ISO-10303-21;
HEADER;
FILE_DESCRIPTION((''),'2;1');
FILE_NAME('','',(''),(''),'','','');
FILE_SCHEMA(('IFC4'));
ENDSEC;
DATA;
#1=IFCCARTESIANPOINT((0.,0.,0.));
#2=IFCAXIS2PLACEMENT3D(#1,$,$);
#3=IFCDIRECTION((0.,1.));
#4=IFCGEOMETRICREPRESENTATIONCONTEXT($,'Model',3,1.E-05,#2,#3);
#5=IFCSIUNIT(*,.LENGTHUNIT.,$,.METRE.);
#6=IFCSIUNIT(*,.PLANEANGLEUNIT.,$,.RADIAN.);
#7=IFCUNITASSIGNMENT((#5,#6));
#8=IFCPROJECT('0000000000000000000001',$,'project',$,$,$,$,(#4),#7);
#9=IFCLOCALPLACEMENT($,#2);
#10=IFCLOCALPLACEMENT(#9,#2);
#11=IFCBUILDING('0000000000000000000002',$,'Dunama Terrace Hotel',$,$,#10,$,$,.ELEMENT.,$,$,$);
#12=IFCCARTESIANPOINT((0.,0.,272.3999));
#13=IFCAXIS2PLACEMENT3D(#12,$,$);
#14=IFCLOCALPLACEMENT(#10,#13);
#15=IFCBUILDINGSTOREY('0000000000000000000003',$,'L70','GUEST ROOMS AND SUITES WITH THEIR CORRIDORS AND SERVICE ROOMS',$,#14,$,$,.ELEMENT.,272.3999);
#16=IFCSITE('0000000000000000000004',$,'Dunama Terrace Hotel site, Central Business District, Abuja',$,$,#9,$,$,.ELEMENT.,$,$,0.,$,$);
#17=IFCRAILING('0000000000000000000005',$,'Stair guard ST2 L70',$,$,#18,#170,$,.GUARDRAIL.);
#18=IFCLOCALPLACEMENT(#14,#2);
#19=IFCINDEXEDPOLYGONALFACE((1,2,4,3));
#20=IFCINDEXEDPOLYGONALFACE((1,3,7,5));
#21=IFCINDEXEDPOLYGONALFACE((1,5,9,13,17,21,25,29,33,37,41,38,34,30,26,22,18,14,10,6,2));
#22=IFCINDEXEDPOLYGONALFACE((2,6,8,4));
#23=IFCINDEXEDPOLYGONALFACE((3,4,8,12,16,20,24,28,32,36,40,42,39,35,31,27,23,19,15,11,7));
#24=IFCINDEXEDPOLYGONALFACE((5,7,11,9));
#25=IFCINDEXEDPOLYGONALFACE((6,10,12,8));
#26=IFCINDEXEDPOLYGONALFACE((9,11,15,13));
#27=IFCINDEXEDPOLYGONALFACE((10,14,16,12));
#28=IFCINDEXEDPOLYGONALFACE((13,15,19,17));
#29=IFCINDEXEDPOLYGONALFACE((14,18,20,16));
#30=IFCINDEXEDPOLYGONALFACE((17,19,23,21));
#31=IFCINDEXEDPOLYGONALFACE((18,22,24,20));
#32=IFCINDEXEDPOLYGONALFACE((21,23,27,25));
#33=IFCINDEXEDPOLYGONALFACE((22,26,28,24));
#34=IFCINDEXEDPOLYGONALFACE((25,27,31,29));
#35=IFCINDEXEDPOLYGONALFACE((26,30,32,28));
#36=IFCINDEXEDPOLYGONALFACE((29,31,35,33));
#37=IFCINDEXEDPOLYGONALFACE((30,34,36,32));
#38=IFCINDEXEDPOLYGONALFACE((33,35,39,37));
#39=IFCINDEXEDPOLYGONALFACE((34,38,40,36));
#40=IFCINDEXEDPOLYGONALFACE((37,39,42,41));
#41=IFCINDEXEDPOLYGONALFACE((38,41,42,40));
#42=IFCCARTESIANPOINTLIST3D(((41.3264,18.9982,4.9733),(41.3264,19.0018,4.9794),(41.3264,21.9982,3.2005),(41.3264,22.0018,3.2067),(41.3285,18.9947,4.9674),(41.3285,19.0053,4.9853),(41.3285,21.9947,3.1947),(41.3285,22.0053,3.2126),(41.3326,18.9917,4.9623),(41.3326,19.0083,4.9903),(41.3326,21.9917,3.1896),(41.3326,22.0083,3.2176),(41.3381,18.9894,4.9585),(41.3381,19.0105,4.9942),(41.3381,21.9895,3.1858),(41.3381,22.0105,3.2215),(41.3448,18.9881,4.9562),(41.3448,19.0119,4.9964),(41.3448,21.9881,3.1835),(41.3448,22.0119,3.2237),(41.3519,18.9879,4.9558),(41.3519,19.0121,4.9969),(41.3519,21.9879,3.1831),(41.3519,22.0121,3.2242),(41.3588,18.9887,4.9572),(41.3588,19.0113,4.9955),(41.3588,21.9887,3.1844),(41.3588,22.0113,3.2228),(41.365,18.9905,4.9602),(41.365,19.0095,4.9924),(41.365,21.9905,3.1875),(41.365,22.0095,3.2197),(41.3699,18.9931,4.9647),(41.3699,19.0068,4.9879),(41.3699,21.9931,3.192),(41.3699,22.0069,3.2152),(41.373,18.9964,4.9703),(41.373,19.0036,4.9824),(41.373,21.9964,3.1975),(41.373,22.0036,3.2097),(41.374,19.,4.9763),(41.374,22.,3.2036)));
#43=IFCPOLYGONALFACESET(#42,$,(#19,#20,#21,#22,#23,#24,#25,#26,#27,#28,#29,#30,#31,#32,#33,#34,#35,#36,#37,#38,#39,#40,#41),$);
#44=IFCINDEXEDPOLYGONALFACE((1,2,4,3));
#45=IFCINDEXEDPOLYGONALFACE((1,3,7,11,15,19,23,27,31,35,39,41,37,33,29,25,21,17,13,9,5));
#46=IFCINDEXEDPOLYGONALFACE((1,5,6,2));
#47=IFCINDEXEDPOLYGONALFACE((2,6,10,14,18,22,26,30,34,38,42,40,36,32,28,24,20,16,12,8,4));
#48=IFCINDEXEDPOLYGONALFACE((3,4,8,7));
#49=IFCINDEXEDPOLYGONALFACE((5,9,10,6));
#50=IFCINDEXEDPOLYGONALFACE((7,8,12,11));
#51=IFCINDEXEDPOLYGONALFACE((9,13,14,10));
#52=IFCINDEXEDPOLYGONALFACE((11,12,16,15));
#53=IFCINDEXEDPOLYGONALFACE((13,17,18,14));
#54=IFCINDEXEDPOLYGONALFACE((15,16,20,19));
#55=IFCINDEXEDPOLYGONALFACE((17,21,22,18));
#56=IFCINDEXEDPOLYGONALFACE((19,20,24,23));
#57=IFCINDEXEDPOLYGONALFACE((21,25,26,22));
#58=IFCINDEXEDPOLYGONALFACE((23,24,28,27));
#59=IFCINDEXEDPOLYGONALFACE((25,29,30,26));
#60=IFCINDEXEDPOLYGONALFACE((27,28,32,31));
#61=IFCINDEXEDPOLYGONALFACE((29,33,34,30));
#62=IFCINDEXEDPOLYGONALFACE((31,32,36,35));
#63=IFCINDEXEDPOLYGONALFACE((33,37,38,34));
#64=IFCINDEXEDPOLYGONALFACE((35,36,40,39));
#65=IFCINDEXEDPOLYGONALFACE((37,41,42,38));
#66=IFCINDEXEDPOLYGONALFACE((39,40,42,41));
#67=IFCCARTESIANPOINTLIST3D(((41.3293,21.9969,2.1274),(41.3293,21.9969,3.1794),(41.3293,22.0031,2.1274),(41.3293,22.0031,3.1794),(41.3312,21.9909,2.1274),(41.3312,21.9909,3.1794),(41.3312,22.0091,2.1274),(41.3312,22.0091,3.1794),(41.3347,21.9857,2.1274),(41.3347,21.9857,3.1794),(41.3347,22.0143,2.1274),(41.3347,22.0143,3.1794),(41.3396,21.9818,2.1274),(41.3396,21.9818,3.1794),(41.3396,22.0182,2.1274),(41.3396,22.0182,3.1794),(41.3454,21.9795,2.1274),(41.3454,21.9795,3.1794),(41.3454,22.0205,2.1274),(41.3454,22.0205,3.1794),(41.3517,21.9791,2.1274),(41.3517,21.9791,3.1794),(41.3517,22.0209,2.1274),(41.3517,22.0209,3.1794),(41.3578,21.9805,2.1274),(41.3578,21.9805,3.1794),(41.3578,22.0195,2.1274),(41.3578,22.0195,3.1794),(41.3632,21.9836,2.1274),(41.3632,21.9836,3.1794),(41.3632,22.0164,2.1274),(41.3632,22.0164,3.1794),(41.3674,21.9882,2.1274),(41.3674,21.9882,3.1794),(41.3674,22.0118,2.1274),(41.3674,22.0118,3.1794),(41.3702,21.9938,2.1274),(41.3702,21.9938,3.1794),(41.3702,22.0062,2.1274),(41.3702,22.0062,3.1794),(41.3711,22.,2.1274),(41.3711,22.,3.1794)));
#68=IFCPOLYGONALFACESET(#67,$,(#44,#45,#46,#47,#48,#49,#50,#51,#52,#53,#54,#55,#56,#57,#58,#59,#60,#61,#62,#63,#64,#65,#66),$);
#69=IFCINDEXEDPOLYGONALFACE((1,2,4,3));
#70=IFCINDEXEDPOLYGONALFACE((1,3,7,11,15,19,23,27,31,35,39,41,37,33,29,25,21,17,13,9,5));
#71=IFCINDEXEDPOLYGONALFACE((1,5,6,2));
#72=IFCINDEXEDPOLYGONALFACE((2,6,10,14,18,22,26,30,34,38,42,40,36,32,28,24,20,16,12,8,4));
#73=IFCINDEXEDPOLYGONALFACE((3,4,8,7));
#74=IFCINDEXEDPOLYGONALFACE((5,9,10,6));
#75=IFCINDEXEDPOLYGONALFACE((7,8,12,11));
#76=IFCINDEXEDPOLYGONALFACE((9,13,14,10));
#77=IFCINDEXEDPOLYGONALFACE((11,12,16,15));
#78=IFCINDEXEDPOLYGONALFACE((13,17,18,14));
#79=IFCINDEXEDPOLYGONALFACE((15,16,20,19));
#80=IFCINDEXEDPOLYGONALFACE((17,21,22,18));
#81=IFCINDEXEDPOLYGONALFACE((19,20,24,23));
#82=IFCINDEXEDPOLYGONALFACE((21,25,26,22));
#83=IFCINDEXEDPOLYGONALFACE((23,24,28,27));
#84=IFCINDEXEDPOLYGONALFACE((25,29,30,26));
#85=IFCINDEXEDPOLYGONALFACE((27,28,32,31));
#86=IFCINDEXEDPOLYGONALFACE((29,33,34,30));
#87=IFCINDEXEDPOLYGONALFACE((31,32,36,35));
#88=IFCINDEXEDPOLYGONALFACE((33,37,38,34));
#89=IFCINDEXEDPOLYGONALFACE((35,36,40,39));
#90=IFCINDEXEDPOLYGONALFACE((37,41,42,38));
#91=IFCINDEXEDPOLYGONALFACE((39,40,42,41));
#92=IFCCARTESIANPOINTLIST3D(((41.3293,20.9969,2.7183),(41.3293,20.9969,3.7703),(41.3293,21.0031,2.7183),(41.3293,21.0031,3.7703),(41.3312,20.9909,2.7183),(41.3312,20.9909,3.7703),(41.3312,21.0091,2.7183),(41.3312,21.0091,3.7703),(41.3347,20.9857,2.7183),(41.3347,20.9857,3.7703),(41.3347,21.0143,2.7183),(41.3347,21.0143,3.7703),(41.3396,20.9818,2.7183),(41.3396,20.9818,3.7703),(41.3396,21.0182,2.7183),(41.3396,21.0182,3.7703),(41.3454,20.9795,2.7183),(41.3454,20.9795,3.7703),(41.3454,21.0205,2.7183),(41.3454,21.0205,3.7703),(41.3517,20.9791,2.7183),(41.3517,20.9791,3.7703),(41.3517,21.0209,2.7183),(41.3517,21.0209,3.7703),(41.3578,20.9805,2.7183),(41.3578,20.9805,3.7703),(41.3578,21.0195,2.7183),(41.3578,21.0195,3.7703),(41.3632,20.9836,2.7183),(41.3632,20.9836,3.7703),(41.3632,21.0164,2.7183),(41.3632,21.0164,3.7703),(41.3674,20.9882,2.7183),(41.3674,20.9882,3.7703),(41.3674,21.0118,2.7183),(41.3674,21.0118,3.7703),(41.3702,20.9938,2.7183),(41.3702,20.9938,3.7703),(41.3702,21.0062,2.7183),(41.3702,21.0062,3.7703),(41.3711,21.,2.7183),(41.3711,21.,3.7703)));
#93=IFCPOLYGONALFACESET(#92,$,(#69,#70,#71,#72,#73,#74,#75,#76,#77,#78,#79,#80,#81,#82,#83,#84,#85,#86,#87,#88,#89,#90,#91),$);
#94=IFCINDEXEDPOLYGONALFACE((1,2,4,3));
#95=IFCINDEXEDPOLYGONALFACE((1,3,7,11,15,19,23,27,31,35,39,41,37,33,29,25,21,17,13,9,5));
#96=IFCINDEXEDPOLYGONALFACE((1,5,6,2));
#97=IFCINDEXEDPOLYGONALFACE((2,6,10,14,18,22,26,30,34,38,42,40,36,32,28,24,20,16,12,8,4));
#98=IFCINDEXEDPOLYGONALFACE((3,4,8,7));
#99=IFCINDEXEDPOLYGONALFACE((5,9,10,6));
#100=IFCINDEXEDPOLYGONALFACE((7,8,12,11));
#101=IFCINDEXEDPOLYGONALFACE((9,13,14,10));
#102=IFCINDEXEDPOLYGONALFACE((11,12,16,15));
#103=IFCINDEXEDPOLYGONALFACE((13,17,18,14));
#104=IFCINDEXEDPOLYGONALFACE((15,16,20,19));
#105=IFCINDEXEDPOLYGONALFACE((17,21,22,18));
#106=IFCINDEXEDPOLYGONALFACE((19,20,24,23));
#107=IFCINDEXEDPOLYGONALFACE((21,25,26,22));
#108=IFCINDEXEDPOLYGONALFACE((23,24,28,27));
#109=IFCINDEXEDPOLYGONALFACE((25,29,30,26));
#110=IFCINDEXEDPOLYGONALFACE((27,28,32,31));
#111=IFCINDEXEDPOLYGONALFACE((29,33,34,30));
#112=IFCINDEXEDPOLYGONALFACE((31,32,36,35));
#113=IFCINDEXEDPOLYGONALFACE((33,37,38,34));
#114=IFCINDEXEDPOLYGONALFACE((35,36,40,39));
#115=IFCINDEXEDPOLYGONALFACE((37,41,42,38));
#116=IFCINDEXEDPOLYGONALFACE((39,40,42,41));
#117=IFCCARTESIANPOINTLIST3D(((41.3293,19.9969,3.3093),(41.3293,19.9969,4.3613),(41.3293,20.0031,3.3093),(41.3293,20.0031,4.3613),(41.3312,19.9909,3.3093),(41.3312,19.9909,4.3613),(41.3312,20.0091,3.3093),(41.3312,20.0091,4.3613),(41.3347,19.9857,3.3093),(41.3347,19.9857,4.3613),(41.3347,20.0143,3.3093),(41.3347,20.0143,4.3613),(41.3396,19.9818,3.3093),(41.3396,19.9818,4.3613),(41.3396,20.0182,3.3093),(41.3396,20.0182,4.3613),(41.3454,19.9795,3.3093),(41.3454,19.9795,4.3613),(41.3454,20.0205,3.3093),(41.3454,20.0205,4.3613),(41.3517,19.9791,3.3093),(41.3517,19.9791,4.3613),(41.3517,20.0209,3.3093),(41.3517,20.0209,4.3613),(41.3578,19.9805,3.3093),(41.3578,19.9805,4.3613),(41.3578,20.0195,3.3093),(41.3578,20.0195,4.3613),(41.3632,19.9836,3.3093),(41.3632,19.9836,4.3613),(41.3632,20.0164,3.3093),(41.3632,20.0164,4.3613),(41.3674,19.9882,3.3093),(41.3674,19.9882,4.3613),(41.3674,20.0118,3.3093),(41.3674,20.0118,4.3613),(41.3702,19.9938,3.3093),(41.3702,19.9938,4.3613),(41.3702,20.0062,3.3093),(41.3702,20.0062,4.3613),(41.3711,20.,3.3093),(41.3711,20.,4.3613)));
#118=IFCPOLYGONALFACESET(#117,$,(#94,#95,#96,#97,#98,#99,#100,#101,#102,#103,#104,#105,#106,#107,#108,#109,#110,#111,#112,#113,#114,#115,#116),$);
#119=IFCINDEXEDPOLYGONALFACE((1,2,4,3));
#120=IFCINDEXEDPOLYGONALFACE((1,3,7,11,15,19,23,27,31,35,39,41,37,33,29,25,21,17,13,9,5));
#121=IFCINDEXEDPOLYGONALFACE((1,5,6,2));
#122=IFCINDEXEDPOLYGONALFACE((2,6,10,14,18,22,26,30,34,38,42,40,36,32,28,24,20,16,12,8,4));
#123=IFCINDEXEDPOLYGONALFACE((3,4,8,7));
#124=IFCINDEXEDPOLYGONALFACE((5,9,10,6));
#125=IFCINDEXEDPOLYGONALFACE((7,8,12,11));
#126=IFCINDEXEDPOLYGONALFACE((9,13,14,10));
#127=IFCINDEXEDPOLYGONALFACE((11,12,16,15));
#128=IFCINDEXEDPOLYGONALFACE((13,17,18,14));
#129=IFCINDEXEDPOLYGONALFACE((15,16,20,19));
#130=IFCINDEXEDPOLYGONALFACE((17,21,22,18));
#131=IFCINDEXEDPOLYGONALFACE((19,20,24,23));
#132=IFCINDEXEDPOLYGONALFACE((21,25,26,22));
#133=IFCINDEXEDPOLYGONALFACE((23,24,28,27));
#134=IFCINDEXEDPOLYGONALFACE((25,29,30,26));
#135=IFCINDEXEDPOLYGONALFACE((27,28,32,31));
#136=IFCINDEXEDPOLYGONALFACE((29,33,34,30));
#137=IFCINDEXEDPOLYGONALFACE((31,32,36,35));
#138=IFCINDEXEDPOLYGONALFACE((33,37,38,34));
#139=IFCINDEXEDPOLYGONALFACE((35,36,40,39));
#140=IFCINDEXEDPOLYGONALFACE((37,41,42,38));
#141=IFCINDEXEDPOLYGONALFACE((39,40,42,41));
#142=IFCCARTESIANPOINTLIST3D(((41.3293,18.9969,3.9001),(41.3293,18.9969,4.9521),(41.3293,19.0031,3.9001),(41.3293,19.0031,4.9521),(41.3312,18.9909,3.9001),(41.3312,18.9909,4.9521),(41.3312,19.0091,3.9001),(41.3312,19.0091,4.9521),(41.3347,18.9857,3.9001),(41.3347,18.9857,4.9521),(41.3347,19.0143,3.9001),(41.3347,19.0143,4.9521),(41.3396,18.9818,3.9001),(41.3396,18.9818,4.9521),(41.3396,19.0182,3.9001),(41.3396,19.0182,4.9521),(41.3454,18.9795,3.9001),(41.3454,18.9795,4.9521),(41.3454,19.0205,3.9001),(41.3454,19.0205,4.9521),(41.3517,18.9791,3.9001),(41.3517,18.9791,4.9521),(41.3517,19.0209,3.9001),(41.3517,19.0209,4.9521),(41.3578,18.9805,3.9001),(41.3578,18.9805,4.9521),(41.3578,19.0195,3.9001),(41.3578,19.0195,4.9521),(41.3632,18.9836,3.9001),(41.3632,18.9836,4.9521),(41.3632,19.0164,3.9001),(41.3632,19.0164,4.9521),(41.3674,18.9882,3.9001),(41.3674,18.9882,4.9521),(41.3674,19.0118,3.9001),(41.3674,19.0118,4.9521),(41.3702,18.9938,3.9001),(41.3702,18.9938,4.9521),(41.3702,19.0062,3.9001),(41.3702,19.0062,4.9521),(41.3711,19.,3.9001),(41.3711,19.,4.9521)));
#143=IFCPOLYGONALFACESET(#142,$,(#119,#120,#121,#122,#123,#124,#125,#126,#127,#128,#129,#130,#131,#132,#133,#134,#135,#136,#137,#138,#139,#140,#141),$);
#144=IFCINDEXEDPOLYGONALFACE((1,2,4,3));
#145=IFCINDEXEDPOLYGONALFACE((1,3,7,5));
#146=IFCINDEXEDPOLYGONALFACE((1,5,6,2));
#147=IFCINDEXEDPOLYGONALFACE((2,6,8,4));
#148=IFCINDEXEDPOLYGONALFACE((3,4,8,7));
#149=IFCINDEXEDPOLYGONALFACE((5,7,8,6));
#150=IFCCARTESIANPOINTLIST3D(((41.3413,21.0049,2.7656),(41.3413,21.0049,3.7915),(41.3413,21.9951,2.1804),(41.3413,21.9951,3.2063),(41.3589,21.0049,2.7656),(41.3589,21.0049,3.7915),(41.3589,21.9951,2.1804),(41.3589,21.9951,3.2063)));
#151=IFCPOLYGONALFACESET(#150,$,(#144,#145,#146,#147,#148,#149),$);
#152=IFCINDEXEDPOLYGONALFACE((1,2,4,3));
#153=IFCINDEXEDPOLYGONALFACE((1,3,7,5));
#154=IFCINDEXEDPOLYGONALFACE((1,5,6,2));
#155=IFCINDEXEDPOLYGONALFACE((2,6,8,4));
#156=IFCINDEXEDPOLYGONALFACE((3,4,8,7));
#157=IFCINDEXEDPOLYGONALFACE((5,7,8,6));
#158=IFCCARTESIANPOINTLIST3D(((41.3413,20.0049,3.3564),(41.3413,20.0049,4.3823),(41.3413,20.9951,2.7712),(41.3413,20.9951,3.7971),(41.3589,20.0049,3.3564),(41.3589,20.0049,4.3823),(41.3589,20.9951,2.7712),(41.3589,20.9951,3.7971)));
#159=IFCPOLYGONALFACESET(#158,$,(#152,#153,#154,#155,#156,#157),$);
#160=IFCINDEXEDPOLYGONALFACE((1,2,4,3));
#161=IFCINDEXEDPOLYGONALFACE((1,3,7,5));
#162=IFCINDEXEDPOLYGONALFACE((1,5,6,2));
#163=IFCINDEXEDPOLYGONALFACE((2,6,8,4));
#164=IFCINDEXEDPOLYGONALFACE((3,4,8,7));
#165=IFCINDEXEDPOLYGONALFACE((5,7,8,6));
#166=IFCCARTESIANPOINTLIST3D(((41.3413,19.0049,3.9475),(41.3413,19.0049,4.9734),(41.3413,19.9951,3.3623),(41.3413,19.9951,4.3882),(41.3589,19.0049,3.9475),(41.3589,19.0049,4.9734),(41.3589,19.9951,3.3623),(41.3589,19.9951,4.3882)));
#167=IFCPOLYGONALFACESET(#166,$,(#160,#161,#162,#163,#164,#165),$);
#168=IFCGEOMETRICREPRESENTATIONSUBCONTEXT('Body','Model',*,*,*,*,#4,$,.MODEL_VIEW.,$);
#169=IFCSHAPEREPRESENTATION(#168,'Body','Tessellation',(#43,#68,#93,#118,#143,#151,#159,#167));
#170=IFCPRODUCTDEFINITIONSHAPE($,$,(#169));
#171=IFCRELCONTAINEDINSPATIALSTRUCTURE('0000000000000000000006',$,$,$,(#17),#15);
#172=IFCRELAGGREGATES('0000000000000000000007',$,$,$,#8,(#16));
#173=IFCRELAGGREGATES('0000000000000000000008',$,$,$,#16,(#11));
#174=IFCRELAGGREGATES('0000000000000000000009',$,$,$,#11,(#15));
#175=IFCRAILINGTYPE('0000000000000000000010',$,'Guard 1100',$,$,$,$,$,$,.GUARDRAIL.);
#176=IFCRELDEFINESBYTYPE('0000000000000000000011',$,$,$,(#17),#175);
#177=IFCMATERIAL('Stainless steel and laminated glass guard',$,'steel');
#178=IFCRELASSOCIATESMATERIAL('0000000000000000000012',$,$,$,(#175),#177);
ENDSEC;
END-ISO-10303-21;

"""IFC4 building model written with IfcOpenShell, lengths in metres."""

from ifc_helpers import new_model, si_unit, direction, frame, origin, origin_2d, place, context, subcontext, project, spatial, polyline, circle, outline, extrude, material, type_object, element, save


model = new_model("IFC4")

# Units and contexts
model_context = context("Model", 3, precision=1e-05, world=origin(), true_north=direction((0.0, 1.0)))
body_context = subcontext(model_context, "Body", "Model", "MODEL_VIEW")
ifc_project = project(units=[si_unit("LENGTHUNIT", "METRE"), si_unit("PLANEANGLEUNIT", "RADIAN")], contexts=[model_context])

# Site, building, storey
site_placement = place(None, origin())
site = spatial("IfcSite", under=ifc_project, at=site_placement, Name="Dunama Terrace Hotel site, Central Business District, Abuja", CompositionType="ELEMENT", RefElevation=0.0)
building_placement = place(site_placement, origin())
building = spatial("IfcBuilding", under=site, at=building_placement, Name="Dunama Terrace Hotel", CompositionType="ELEMENT")
storey_placement = place(building_placement, frame((0.0, 0.0, 272.3999)))
storey = spatial("IfcBuildingStorey", under=building, at=storey_placement, Name="L70", Description="GUEST ROOMS AND SUITES WITH THEIR CORRIDORS AND SERVICE ROOMS", CompositionType="ELEMENT", Elevation=272.3999)

# Railing
ifc_material_1 = material(Name="Stainless steel and laminated glass guard", Category="steel")
railing_type_1 = type_object("IfcRailingType", Name="Guard 1100", PredefinedType="GUARDRAIL", material=ifc_material_1)
railing_1_placement = place(storey_placement, frame((41.3501, 22.0, 2.1274)))
element("IfcRailing", 1, at=railing_1_placement, inside=storey, type_object=railing_type_1, Name="Stair guard ST2 L70", PredefinedType="GUARDRAIL", context=body_context, shape_type="SweptSolid", body=[
    extrude(circle(Radius=0.0239, at=origin_2d()), frame((0.0, 0.0, 1.0762), z_axis=(0.0, -0.860929, 0.508725), x_axis=(1.0, 0.0, 0.0)), (0.0, 0.0, 1.0), 3.4846),
    extrude(circle(Radius=0.021, at=origin_2d()), origin(), (0.0, 0.0, 1.0), 1.052),
    extrude(circle(Radius=0.021, at=origin_2d()), frame((0.0, -1.0, 0.5908)), (0.0, 0.0, 1.0), 1.052),
    extrude(circle(Radius=0.021, at=origin_2d()), frame((0.0, -2.0, 1.1819)), (0.0, 0.0, 1.0), 1.052),
    extrude(circle(Radius=0.021, at=origin_2d()), frame((0.0, -3.0, 1.7727)), (0.0, 0.0, 1.0), 1.052),
    extrude(outline(polyline([(0.0049, 0.053), (0.9951, 0.6382), (0.9951, 1.6641), (0.0049, 1.0789), (0.0049, 0.053)])), frame((0.0088, 0.0, 0.0), z_axis=(-1.0, 0.0, 0.0), x_axis=(0.0, -1.0, 0.0)), (0.0, 0.0, 1.0), 0.0176),
    extrude(outline(polyline([(0.0049, 0.053), (0.9951, 0.6382), (0.9951, 1.6641), (0.0049, 1.0789), (0.0049, 0.053)])), frame((0.0088, -1.0, 0.5908), z_axis=(-1.0, 0.0, 0.0), x_axis=(0.0, -1.0, 0.0)), (0.0, 0.0, 1.0), 0.0176),
    extrude(outline(polyline([(0.0049, 0.053), (0.9951, 0.6382), (0.9951, 1.6641), (0.0049, 1.0789), (0.0049, 0.053)])), frame((0.0088, -2.0, 1.1819), z_axis=(-1.0, 0.0, 0.0), x_axis=(0.0, -1.0, 0.0)), (0.0, 0.0, 1.0), 0.0176),
])

save(model, "model.ifc")
